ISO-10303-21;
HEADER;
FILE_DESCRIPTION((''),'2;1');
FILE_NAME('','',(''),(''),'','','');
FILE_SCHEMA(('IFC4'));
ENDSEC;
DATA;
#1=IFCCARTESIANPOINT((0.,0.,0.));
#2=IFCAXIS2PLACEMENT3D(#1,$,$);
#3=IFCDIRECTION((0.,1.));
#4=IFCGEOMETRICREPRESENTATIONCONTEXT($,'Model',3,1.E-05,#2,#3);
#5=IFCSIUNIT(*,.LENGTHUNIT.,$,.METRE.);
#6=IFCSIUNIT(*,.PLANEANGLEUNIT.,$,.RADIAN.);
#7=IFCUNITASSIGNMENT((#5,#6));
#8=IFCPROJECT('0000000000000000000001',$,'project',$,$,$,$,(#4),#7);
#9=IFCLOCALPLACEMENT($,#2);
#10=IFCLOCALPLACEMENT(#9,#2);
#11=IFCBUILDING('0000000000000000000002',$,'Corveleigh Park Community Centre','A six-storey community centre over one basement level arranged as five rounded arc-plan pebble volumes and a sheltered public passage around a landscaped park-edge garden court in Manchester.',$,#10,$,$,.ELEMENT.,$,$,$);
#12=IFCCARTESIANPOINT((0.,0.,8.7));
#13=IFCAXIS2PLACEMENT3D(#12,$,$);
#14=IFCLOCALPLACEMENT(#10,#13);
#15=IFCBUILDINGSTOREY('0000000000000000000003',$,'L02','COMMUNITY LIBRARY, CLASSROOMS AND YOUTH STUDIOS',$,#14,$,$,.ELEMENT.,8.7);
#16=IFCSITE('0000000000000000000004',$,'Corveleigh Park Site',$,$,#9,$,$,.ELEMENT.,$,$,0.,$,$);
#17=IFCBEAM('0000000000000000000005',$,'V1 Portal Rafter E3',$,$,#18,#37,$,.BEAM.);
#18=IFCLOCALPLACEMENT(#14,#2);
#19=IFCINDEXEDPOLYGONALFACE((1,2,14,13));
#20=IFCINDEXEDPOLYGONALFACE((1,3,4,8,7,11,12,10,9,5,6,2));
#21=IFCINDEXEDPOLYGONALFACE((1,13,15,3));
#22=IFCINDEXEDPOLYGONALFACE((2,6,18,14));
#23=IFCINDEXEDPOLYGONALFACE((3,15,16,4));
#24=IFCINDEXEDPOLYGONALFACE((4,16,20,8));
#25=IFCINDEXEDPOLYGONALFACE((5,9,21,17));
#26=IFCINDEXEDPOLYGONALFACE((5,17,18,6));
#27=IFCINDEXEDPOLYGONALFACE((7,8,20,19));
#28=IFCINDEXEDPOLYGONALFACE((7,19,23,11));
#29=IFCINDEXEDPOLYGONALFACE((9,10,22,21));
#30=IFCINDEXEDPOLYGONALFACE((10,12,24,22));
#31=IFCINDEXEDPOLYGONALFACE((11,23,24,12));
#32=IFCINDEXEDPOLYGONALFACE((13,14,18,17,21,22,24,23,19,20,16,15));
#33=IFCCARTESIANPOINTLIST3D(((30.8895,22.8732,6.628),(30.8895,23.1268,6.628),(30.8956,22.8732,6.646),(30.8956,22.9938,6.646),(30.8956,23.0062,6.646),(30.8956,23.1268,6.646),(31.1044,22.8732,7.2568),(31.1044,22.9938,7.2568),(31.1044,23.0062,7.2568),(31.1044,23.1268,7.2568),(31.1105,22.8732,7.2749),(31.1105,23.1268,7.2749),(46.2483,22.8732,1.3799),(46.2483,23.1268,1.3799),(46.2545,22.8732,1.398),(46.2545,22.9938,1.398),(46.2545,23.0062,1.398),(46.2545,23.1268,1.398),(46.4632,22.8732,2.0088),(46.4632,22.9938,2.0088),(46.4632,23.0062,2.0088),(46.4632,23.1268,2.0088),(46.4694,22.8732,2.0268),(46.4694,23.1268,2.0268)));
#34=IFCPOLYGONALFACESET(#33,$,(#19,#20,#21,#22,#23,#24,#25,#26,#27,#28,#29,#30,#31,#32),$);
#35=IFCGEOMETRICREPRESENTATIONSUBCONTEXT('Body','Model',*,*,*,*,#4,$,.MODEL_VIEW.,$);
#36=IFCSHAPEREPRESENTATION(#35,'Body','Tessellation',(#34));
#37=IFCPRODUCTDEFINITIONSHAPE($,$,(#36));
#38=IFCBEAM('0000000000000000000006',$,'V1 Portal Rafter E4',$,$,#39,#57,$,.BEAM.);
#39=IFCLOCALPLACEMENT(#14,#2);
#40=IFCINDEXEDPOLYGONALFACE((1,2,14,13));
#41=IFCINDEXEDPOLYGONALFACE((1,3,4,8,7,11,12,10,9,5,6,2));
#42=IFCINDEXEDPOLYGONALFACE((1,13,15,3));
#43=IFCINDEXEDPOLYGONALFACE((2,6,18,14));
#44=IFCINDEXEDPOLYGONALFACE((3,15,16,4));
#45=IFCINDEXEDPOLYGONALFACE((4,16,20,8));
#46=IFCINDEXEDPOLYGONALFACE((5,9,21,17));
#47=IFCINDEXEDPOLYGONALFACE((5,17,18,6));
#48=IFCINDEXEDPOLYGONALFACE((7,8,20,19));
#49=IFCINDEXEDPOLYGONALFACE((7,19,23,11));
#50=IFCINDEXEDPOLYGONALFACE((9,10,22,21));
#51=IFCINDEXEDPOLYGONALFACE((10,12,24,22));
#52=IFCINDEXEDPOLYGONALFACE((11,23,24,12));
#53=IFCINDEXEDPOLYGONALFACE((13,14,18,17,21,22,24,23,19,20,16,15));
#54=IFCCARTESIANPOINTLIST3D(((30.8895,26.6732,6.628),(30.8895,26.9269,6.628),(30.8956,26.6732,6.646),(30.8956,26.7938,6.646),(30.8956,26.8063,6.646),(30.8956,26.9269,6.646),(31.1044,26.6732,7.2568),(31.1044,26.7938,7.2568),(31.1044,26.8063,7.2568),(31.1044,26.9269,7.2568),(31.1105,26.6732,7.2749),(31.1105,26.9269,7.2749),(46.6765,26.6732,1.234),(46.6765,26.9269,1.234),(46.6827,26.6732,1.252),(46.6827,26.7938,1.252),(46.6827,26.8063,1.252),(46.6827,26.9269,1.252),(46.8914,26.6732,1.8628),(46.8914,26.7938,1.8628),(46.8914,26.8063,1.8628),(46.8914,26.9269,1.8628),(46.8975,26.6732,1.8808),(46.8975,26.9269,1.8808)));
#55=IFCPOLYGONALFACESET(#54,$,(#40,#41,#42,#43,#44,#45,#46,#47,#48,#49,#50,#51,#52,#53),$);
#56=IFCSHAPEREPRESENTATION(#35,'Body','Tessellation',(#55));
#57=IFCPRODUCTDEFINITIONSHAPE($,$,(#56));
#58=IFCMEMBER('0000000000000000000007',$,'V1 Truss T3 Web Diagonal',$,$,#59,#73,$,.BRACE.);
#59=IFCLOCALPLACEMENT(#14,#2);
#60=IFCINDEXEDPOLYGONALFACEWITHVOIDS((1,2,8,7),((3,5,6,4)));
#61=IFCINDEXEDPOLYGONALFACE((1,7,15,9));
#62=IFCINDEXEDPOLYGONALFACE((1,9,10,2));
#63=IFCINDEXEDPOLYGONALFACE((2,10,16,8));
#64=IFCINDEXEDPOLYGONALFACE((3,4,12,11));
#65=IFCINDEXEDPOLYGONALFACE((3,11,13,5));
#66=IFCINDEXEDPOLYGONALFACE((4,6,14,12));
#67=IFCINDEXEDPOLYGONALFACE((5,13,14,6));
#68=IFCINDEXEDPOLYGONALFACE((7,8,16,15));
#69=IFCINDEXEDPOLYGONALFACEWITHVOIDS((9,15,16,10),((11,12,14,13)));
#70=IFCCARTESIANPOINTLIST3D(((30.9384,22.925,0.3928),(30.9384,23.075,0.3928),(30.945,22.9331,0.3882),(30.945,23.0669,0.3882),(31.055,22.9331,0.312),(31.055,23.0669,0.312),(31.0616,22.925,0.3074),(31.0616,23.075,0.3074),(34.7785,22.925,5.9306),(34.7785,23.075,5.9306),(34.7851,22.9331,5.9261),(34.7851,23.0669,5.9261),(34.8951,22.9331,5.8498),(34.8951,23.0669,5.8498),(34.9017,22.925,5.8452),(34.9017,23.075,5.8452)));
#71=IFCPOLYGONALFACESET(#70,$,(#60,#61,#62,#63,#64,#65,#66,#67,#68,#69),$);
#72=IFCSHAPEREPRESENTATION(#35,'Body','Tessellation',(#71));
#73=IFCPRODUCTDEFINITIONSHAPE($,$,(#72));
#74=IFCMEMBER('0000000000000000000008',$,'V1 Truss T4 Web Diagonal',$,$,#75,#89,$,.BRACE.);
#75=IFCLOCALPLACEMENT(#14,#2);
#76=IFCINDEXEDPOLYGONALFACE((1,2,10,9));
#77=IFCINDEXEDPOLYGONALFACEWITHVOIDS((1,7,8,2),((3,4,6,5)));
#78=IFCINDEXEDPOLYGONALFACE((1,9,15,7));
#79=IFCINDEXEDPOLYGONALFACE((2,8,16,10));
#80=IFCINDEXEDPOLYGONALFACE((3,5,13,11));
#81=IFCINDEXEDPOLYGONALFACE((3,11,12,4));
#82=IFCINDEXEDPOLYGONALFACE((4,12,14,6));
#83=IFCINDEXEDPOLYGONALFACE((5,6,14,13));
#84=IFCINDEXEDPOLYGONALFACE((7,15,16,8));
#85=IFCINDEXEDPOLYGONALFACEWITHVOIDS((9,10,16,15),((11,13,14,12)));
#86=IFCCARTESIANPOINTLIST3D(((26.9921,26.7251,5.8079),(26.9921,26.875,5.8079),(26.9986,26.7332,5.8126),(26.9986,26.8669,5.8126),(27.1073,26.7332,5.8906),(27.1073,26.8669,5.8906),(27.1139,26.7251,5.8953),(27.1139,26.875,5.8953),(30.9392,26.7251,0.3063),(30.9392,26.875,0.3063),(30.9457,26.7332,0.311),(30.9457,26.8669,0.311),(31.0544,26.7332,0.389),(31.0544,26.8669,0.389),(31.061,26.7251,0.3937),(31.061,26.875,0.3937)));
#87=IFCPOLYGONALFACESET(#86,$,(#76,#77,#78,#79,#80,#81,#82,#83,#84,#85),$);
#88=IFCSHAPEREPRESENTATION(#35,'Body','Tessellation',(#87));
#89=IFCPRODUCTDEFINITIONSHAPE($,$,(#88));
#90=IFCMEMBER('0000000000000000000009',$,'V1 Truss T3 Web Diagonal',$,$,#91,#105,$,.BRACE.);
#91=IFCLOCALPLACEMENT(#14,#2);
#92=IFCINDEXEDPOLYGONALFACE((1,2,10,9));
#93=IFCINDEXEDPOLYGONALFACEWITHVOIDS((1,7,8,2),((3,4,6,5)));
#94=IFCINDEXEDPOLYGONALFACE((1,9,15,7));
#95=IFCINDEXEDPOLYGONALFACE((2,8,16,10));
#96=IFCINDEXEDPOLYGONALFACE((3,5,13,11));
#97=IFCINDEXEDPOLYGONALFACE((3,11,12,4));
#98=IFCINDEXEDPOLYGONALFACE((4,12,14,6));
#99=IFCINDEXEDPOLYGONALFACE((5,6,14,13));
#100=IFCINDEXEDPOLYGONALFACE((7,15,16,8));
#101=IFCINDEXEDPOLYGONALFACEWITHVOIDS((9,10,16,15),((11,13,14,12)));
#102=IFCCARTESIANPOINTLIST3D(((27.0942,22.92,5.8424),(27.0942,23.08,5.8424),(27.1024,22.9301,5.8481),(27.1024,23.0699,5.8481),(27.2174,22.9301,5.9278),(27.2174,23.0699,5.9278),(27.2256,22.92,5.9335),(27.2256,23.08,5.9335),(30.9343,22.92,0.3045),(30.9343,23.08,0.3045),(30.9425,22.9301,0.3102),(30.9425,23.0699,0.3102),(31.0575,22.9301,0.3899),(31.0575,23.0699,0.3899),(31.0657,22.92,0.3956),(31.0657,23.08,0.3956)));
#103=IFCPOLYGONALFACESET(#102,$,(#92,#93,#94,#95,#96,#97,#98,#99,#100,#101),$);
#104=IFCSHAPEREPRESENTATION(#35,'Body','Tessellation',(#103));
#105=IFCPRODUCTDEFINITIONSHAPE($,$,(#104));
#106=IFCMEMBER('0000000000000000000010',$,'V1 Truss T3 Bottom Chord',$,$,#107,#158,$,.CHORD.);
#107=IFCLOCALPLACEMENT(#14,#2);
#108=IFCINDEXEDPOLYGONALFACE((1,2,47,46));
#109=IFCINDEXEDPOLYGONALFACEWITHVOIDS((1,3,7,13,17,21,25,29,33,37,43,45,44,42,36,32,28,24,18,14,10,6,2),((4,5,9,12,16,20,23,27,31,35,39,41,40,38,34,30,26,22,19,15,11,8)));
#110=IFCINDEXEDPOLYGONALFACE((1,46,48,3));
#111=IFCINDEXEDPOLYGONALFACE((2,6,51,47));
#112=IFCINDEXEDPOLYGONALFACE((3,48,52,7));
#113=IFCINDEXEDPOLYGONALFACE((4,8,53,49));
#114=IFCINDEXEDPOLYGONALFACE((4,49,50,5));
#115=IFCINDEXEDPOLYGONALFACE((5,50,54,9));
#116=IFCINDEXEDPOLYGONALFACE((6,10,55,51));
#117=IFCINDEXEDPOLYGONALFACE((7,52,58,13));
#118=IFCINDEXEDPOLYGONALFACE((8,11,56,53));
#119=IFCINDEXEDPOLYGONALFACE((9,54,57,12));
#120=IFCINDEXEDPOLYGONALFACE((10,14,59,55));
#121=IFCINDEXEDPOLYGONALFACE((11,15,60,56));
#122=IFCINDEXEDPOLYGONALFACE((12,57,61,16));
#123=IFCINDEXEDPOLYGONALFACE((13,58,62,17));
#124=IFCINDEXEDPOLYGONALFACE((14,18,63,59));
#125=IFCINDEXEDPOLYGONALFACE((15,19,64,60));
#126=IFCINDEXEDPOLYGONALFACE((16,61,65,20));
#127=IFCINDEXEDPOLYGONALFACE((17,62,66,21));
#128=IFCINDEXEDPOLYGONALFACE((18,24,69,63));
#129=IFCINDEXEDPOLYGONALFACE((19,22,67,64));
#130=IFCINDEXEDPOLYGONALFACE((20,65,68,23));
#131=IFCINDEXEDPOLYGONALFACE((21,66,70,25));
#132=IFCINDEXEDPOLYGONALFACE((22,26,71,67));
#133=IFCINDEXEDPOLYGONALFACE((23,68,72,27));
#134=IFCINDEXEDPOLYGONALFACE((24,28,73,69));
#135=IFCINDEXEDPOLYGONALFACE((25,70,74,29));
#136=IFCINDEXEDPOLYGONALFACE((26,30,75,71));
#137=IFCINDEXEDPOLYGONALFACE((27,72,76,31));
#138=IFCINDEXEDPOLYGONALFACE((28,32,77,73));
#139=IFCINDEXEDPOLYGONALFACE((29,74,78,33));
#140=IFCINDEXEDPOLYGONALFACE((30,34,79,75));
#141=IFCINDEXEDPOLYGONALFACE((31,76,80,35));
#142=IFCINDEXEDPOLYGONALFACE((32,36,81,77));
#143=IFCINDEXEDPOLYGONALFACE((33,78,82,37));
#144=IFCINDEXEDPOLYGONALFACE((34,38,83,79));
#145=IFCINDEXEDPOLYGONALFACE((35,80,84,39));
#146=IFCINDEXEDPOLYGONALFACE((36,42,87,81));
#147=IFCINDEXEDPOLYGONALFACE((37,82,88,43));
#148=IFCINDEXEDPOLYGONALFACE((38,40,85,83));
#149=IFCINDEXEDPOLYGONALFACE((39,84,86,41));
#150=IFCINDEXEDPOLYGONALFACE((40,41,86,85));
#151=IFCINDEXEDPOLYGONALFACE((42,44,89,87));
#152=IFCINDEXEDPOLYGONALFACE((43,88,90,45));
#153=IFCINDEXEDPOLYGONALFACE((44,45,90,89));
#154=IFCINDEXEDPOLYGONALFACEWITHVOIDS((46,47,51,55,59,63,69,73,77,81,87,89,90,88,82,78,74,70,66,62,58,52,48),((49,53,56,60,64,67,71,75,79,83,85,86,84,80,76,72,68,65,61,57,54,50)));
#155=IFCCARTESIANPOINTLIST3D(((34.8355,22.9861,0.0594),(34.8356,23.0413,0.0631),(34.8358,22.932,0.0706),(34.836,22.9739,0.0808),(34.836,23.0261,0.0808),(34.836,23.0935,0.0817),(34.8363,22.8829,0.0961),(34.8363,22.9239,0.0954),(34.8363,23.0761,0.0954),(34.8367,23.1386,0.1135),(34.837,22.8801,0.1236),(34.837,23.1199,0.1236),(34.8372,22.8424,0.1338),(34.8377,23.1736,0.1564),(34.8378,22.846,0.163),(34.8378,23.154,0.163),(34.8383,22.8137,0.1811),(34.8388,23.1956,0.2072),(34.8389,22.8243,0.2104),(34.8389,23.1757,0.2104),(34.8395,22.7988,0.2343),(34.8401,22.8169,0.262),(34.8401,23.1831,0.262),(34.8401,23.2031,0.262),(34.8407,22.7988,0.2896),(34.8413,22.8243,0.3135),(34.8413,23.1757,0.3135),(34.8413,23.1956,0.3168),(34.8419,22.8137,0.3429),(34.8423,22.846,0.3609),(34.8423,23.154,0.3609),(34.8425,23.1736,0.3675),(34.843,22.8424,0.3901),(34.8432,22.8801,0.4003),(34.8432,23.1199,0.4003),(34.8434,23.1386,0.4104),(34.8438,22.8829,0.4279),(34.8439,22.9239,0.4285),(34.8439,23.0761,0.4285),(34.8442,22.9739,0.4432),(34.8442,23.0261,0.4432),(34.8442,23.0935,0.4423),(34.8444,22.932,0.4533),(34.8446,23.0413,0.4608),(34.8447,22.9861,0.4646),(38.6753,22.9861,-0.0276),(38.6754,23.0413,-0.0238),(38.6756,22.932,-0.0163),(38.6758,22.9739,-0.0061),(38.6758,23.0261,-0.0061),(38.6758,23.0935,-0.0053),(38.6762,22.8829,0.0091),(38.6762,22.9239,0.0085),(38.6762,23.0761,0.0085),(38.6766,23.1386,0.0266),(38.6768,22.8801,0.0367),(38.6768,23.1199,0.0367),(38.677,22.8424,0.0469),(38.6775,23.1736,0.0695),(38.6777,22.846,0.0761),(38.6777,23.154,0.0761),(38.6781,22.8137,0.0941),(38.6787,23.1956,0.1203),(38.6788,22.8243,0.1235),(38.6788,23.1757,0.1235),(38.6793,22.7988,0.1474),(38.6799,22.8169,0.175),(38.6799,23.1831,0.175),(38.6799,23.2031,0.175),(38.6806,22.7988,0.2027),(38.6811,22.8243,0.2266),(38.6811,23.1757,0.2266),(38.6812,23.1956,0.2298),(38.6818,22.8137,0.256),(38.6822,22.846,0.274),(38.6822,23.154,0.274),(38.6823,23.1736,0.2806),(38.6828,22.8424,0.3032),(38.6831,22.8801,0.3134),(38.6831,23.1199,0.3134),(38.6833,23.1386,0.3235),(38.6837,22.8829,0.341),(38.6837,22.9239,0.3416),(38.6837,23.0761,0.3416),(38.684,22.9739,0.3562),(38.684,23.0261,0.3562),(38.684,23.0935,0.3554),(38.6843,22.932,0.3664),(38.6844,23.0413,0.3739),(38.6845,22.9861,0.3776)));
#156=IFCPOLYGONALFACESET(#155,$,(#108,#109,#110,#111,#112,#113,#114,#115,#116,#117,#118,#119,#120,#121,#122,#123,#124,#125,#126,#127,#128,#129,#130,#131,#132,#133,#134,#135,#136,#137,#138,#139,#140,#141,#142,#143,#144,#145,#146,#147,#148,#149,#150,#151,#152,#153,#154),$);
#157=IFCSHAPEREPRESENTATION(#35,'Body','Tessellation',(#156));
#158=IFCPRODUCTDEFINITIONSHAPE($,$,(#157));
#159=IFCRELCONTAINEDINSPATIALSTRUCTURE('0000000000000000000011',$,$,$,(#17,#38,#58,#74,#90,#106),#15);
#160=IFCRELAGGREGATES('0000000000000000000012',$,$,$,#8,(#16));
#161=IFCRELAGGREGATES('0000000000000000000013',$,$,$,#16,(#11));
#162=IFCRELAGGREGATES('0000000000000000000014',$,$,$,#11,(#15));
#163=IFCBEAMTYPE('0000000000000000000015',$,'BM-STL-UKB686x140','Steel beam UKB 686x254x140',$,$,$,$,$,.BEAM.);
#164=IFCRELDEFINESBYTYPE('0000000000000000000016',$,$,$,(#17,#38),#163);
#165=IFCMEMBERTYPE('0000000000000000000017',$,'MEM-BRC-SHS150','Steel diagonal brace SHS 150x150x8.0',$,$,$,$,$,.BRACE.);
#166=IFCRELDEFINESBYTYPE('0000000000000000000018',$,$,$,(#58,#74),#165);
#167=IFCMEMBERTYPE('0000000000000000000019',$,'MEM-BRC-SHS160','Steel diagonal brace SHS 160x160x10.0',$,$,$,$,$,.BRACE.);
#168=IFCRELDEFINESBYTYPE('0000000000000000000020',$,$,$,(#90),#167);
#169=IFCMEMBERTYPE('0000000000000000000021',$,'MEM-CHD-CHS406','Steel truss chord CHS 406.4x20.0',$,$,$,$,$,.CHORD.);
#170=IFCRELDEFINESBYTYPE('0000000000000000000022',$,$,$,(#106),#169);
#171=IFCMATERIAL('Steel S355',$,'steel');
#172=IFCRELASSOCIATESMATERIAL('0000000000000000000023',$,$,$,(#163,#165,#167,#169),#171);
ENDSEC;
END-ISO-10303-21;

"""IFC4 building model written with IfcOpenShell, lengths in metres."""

from ifc_helpers import new_model, si_unit, direction, frame, origin, origin_2d, place, context, subcontext, project, spatial, hollow_rectangle, hollow_circle, i_section, extrude, material, material_profile, profile_set, type_object, element, save


model = new_model("IFC4")

# Units and contexts
model_context = context("Model", 3, precision=1e-05, world=origin(), true_north=direction((0.0, 1.0)))
body_context = subcontext(model_context, "Body", "Model", "MODEL_VIEW")
ifc_project = project(units=[si_unit("LENGTHUNIT", "METRE"), si_unit("PLANEANGLEUNIT", "RADIAN")], contexts=[model_context])

# Site, building, storey
site_placement = place(None, origin())
site = spatial("IfcSite", under=ifc_project, at=site_placement, Name="Corveleigh Park Site", CompositionType="ELEMENT", RefElevation=0.0)
building_placement = place(site_placement, origin())
building = spatial("IfcBuilding", under=site, at=building_placement, Name="Corveleigh Park Community Centre", Description="A six-storey community centre over one basement level arranged as five rounded arc-plan pebble volumes and a sheltered public passage around a landscaped park-edge garden court in Manchester.", CompositionType="ELEMENT")
storey_placement = place(building_placement, frame((0.0, 0.0, 8.7)))
storey = spatial("IfcBuildingStorey", under=building, at=storey_placement, Name="L02", Description="COMMUNITY LIBRARY, CLASSROOMS AND YOUTH STUDIOS", CompositionType="ELEMENT", Elevation=8.7)

# Beams
ifc_material_1 = material(Name="Steel S355", Category="steel")
ifc_material_profile_1 = material_profile(ifc_material_1, i_section(OverallWidth=0.2537, OverallDepth=0.6836, WebThickness=0.0125, FlangeThickness=0.019, at=origin_2d()), Name="UKB 686x254x140", Category="steel")
ifc_profile_set_1 = profile_set([ifc_material_profile_1], Name="Steel S355")
beam_type = type_object("IfcBeamType", Name="BM-STL-UKB686x140", Description="Steel beam UKB 686x254x140", PredefinedType="BEAM", material=ifc_profile_set_1)
beam_1_placement = place(storey_placement, frame((31.0, 23.0, 6.9514), z_axis=(0.946283, 0.0, -0.32334), x_axis=(0.0, 1.0, 0.0)))
element("IfcBeam", 1, at=beam_1_placement, inside=storey, type_object=beam_type, Name="V1 Portal Rafter E3", PredefinedType="BEAM", context=body_context, shape_type="SweptSolid", body=[
    extrude(i_section(OverallWidth=0.2537, OverallDepth=0.6836, WebThickness=0.0125, FlangeThickness=0.019, at=origin_2d()), origin(), (0.0, 0.0, 1.0), 16.2307),
])
beam_2_placement = place(storey_placement, frame((31.0, 26.8, 6.9514), z_axis=(0.946289, 0.0, -0.323322), x_axis=(0.0, 1.0, 0.0)))
element("IfcBeam", 2, at=beam_2_placement, inside=storey, type_object=beam_type, Name="V1 Portal Rafter E4", PredefinedType="BEAM", context=body_context, shape_type="SweptSolid", body=[
    extrude(i_section(OverallWidth=0.2537, OverallDepth=0.6836, WebThickness=0.0125, FlangeThickness=0.019, at=origin_2d()), origin(), (0.0, 0.0, 1.0), 16.6831),
])

# Members
ifc_material_profile_2 = material_profile(ifc_material_1, hollow_rectangle(XDim=0.1499, YDim=0.1499, WallThickness=0.0081, at=origin_2d()), Name="SHS 150x150x8.0", Category="steel")
ifc_profile_set_2 = profile_set([ifc_material_profile_2], Name="Steel S355")
member_type_1 = type_object("IfcMemberType", Name="MEM-BRC-SHS150", Description="Steel diagonal brace SHS 150x150x8.0", PredefinedType="BRACE", material=ifc_profile_set_2)
member_1_placement = place(storey_placement, frame((34.8401, 23.0, 5.8879), z_axis=(-0.569831, 0.0, -0.821762), x_axis=(0.0, -1.0, 0.0)))
element("IfcMember", 3, at=member_1_placement, inside=storey, type_object=member_type_1, Name="V1 Truss T3 Web Diagonal", PredefinedType="BRACE", context=body_context, shape_type="SweptSolid", body=[
    extrude(hollow_rectangle(XDim=0.1499, YDim=0.1499, WallThickness=0.0081, at=origin_2d()), origin(), (0.0, 0.0, 1.0), 6.739),
])
member_2_placement = place(storey_placement, frame((27.053, 26.8, 5.8516), z_axis=(0.582939, 0.0, -0.812516), x_axis=(0.0, 1.0, 0.0)))
element("IfcMember", 4, at=member_2_placement, inside=storey, type_object=member_type_1, Name="V1 Truss T4 Web Diagonal", PredefinedType="BRACE", context=body_context, shape_type="SweptSolid", body=[
    extrude(hollow_rectangle(XDim=0.1499, YDim=0.1499, WallThickness=0.0081, at=origin_2d()), origin(), (0.0, 0.0, 1.0), 6.771),
])
ifc_material_profile_3 = material_profile(ifc_material_1, hollow_rectangle(XDim=0.1599, YDim=0.1599, WallThickness=0.01, at=origin_2d()), Name="SHS 160x160x10.0", Category="steel")
ifc_profile_set_3 = profile_set([ifc_material_profile_3], Name="Steel S355")
member_type_2 = type_object("IfcMemberType", Name="MEM-BRC-SHS160", Description="Steel diagonal brace SHS 160x160x10.0", PredefinedType="BRACE", material=ifc_profile_set_3)
member_3_placement = place(storey_placement, frame((27.1599, 23.0, 5.8879), z_axis=(0.569831, 0.0, -0.821762), x_axis=(0.0, 1.0, 0.0)))
element("IfcMember", 5, at=member_3_placement, inside=storey, type_object=member_type_2, Name="V1 Truss T3 Web Diagonal", PredefinedType="BRACE", context=body_context, shape_type="SweptSolid", body=[
    extrude(hollow_rectangle(XDim=0.1599, YDim=0.1599, WallThickness=0.01, at=origin_2d()), origin(), (0.0, 0.0, 1.0), 6.739),
])
ifc_material_profile_4 = material_profile(ifc_material_1, hollow_circle(Radius=0.2031, WallThickness=0.02, at=origin_2d()), Name="CHS 406.4x20.0", Category="steel")
ifc_profile_set_4 = profile_set([ifc_material_profile_4], Name="Steel S355")
member_type_3 = type_object("IfcMemberType", Name="MEM-CHD-CHS406", Description="Steel truss chord CHS 406.4x20.0", PredefinedType="CHORD", material=ifc_profile_set_4)
member_4_placement = place(storey_placement, frame((34.8401, 23.0, 0.262), z_axis=(0.999744, 0.0, -0.022629), x_axis=(0.0, 1.0, 0.0)))
element("IfcMember", 6, at=member_4_placement, inside=storey, type_object=member_type_3, Name="V1 Truss T3 Bottom Chord", PredefinedType="CHORD", context=body_context, shape_type="SweptSolid", body=[
    extrude(hollow_circle(Radius=0.2031, WallThickness=0.02, at=origin_2d()), origin(), (0.0, 0.0, 1.0), 3.8408),
])

save(model, "model.ifc")
